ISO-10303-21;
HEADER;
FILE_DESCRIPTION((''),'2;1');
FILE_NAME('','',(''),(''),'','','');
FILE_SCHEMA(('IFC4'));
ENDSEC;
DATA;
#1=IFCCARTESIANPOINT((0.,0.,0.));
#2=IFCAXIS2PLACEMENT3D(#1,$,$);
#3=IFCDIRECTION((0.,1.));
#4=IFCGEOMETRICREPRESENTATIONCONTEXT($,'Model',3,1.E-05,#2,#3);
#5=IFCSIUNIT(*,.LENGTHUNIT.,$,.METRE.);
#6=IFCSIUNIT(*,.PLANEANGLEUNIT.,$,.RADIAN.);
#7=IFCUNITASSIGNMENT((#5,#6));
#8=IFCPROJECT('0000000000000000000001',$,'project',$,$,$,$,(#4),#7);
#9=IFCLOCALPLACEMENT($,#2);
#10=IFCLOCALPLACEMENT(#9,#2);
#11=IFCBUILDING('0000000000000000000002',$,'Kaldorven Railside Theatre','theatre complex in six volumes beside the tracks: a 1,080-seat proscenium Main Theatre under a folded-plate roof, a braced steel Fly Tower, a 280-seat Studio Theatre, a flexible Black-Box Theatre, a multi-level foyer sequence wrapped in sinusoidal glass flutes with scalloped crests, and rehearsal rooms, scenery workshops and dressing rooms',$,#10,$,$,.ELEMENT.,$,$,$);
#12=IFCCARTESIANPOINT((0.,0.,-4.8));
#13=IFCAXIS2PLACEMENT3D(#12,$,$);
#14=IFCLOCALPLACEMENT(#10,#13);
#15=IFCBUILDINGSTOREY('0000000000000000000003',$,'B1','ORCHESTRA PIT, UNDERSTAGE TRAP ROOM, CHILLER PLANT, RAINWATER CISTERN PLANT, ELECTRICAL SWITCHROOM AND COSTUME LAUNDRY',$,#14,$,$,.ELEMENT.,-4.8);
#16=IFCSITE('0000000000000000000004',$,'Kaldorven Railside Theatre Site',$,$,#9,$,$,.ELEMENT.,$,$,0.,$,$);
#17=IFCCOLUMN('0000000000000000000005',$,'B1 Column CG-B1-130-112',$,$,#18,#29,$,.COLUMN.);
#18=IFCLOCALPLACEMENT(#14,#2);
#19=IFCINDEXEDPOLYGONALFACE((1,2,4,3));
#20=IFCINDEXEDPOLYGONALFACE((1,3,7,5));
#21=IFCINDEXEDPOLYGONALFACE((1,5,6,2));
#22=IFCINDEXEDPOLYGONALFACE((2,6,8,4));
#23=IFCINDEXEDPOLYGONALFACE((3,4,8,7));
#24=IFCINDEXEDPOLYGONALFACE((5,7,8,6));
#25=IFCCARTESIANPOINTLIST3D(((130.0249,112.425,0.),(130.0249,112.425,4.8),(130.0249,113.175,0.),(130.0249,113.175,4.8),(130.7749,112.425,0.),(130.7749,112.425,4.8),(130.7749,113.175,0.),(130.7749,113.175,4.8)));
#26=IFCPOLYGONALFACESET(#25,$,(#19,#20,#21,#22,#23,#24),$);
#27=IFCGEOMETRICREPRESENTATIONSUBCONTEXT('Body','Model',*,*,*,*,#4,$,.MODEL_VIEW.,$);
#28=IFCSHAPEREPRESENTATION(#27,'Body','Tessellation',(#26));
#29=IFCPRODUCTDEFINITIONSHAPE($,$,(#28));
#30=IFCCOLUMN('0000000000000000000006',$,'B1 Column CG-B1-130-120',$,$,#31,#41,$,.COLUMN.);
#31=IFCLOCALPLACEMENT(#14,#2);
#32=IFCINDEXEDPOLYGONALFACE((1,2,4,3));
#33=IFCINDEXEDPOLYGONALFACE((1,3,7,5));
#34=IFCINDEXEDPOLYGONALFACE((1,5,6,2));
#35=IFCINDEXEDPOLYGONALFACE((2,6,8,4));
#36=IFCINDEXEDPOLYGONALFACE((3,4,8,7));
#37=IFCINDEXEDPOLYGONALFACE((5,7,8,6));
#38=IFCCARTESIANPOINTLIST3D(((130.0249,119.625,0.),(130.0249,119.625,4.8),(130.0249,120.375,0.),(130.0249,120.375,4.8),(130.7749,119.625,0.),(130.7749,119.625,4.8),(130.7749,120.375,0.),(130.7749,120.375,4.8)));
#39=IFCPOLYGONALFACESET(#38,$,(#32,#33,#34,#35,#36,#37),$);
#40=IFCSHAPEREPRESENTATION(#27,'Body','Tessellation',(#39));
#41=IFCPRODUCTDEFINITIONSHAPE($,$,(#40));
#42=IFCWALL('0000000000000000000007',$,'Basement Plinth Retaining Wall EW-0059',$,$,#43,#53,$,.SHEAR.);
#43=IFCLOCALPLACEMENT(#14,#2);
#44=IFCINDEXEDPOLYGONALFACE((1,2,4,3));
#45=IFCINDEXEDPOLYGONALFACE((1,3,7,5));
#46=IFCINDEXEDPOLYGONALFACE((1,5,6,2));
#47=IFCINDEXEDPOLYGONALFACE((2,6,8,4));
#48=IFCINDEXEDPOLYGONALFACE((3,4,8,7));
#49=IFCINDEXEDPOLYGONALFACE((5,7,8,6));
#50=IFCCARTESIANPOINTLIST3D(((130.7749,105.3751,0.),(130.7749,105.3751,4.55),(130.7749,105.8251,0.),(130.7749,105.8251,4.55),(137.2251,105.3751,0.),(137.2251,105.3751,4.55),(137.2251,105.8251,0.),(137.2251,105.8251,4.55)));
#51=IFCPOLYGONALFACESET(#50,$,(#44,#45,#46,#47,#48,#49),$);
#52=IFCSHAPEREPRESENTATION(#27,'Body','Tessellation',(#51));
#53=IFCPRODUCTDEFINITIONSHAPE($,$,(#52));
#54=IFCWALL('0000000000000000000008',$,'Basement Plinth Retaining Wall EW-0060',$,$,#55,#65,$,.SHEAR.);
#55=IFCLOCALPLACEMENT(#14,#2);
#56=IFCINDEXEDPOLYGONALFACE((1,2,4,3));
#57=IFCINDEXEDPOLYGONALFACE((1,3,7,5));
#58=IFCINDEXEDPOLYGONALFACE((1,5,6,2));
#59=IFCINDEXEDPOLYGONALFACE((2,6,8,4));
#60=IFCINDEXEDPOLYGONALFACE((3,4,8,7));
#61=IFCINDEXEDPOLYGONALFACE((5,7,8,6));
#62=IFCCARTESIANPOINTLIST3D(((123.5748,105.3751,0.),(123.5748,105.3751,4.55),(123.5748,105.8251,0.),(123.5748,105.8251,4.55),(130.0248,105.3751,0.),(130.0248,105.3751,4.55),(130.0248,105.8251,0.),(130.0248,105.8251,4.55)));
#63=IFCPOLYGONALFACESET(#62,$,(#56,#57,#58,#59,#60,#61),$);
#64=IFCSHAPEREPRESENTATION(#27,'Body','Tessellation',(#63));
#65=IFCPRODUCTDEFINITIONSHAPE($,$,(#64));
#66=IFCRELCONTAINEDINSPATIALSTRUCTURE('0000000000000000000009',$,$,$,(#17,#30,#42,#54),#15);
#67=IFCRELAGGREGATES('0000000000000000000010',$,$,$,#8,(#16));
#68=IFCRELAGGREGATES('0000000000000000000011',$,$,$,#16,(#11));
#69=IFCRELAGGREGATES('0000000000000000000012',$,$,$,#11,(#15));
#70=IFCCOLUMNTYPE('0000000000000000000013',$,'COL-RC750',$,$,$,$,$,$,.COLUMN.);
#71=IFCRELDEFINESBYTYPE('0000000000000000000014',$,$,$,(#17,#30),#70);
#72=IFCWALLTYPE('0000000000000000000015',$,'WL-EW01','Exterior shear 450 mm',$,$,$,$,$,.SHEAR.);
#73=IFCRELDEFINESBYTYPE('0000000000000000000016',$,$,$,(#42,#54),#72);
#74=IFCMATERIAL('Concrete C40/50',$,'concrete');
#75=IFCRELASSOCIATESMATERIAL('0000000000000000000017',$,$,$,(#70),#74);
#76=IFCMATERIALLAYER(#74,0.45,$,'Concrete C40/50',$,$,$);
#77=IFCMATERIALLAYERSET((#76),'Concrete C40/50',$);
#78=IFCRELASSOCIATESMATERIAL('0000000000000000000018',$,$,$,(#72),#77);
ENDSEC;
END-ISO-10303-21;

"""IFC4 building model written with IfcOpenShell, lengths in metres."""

from ifc_helpers import new_model, si_unit, direction, frame, frame_2d, origin, origin_2d, place, context, subcontext, project, spatial, rectangle, extrude, material, layer, layer_set, material_profile, profile_set, type_object, element, save


model = new_model("IFC4")

# Units and contexts
model_context = context("Model", 3, precision=1e-05, world=origin(), true_north=direction((0.0, 1.0)))
body_context = subcontext(model_context, "Body", "Model", "MODEL_VIEW")
ifc_project = project(units=[si_unit("LENGTHUNIT", "METRE"), si_unit("PLANEANGLEUNIT", "RADIAN")], contexts=[model_context])

# Site, building, storey
site_placement = place(None, origin())
site = spatial("IfcSite", under=ifc_project, at=site_placement, Name="Kaldorven Railside Theatre Site", CompositionType="ELEMENT", RefElevation=0.0)
building_placement = place(site_placement, origin())
building = spatial("IfcBuilding", under=site, at=building_placement, Name="Kaldorven Railside Theatre", Description="theatre complex in six volumes beside the tracks: a 1,080-seat proscenium Main Theatre under a folded-plate roof, a braced steel Fly Tower, a 280-seat Studio Theatre, a flexible Black-Box Theatre, a multi-level foyer sequence wrapped in sinusoidal glass flutes with scalloped crests, and rehearsal rooms, scenery workshops and dressing rooms", CompositionType="ELEMENT")
storey_placement = place(building_placement, frame((0.0, 0.0, -4.8)))
storey = spatial("IfcBuildingStorey", under=building, at=storey_placement, Name="B1", Description="ORCHESTRA PIT, UNDERSTAGE TRAP ROOM, CHILLER PLANT, RAINWATER CISTERN PLANT, ELECTRICAL SWITCHROOM AND COSTUME LAUNDRY", CompositionType="ELEMENT", Elevation=-4.8)

# Shared definitions
ifc_material_1 = material(Name="Concrete C40/50", Category="concrete")

# Columns
ifc_material_profile_1 = material_profile(ifc_material_1, rectangle(XDim=0.75, YDim=0.75, at=origin_2d()), Name="RC 750x750")
ifc_profile_set_1 = profile_set([ifc_material_profile_1], Name="Concrete C40/50")
column_type = type_object("IfcColumnType", Name="COL-RC750", PredefinedType="COLUMN", material=ifc_profile_set_1)
for number, where, z_axis, x_axis, name in (
    (1, (130.3999, 112.8, 0.0), (0.0, 0.0, 1.0), (0.0, 1.0, 0.0), "B1 Column CG-B1-130-112"),
    (2, (130.3999, 120.0, 0.0), (0.0, 0.0, 1.0), (1.0, 0.0, 0.0), "B1 Column CG-B1-130-120"),
):
    element("IfcColumn", number, at=place(storey_placement, frame(where, z_axis=z_axis, x_axis=x_axis)), inside=storey, type_object=column_type, Name=name, PredefinedType="COLUMN", context=body_context, shape_type="SweptSolid", body=[
        extrude(rectangle(XDim=0.75, YDim=0.75, at=origin_2d()), origin(), (0.0, 0.0, 1.0), 4.8),
    ])

# Walls
ifc_layer = layer(ifc_material_1, 0.45, Name="Concrete C40/50")
ifc_layer_set = layer_set([ifc_layer], Name="Concrete C40/50")
wall_type = type_object("IfcWallType", Name="WL-EW01", Description="Exterior shear 450 mm", PredefinedType="SHEAR", material=ifc_layer_set)
wall_1_placement = place(storey_placement, frame((137.2251, 105.6001, 0.0), z_axis=(0.0, 0.0, 1.0), x_axis=(-1.0, 0.0, 0.0)))
element("IfcWall", 3, at=wall_1_placement, inside=storey, type_object=wall_type, Name="Basement Plinth Retaining Wall EW-0059", PredefinedType="SHEAR", context=body_context, shape_type="SweptSolid", body=[
    extrude(rectangle(XDim=6.4502, YDim=0.45, at=frame_2d((3.2251, 0.0))), origin(), (0.0, 0.0, 1.0), 4.55),
])
wall_2_placement = place(storey_placement, frame((130.0249, 105.6001, 0.0), z_axis=(0.0, 0.0, 1.0), x_axis=(-1.0, 0.0, 0.0)))
element("IfcWall", 4, at=wall_2_placement, inside=storey, type_object=wall_type, Name="Basement Plinth Retaining Wall EW-0060", PredefinedType="SHEAR", context=body_context, shape_type="SweptSolid", body=[
    extrude(rectangle(XDim=6.45, YDim=0.45, at=frame_2d((3.2251, 0.0))), origin(), (0.0, 0.0, 1.0), 4.55),
])

save(model, "model.ifc")
